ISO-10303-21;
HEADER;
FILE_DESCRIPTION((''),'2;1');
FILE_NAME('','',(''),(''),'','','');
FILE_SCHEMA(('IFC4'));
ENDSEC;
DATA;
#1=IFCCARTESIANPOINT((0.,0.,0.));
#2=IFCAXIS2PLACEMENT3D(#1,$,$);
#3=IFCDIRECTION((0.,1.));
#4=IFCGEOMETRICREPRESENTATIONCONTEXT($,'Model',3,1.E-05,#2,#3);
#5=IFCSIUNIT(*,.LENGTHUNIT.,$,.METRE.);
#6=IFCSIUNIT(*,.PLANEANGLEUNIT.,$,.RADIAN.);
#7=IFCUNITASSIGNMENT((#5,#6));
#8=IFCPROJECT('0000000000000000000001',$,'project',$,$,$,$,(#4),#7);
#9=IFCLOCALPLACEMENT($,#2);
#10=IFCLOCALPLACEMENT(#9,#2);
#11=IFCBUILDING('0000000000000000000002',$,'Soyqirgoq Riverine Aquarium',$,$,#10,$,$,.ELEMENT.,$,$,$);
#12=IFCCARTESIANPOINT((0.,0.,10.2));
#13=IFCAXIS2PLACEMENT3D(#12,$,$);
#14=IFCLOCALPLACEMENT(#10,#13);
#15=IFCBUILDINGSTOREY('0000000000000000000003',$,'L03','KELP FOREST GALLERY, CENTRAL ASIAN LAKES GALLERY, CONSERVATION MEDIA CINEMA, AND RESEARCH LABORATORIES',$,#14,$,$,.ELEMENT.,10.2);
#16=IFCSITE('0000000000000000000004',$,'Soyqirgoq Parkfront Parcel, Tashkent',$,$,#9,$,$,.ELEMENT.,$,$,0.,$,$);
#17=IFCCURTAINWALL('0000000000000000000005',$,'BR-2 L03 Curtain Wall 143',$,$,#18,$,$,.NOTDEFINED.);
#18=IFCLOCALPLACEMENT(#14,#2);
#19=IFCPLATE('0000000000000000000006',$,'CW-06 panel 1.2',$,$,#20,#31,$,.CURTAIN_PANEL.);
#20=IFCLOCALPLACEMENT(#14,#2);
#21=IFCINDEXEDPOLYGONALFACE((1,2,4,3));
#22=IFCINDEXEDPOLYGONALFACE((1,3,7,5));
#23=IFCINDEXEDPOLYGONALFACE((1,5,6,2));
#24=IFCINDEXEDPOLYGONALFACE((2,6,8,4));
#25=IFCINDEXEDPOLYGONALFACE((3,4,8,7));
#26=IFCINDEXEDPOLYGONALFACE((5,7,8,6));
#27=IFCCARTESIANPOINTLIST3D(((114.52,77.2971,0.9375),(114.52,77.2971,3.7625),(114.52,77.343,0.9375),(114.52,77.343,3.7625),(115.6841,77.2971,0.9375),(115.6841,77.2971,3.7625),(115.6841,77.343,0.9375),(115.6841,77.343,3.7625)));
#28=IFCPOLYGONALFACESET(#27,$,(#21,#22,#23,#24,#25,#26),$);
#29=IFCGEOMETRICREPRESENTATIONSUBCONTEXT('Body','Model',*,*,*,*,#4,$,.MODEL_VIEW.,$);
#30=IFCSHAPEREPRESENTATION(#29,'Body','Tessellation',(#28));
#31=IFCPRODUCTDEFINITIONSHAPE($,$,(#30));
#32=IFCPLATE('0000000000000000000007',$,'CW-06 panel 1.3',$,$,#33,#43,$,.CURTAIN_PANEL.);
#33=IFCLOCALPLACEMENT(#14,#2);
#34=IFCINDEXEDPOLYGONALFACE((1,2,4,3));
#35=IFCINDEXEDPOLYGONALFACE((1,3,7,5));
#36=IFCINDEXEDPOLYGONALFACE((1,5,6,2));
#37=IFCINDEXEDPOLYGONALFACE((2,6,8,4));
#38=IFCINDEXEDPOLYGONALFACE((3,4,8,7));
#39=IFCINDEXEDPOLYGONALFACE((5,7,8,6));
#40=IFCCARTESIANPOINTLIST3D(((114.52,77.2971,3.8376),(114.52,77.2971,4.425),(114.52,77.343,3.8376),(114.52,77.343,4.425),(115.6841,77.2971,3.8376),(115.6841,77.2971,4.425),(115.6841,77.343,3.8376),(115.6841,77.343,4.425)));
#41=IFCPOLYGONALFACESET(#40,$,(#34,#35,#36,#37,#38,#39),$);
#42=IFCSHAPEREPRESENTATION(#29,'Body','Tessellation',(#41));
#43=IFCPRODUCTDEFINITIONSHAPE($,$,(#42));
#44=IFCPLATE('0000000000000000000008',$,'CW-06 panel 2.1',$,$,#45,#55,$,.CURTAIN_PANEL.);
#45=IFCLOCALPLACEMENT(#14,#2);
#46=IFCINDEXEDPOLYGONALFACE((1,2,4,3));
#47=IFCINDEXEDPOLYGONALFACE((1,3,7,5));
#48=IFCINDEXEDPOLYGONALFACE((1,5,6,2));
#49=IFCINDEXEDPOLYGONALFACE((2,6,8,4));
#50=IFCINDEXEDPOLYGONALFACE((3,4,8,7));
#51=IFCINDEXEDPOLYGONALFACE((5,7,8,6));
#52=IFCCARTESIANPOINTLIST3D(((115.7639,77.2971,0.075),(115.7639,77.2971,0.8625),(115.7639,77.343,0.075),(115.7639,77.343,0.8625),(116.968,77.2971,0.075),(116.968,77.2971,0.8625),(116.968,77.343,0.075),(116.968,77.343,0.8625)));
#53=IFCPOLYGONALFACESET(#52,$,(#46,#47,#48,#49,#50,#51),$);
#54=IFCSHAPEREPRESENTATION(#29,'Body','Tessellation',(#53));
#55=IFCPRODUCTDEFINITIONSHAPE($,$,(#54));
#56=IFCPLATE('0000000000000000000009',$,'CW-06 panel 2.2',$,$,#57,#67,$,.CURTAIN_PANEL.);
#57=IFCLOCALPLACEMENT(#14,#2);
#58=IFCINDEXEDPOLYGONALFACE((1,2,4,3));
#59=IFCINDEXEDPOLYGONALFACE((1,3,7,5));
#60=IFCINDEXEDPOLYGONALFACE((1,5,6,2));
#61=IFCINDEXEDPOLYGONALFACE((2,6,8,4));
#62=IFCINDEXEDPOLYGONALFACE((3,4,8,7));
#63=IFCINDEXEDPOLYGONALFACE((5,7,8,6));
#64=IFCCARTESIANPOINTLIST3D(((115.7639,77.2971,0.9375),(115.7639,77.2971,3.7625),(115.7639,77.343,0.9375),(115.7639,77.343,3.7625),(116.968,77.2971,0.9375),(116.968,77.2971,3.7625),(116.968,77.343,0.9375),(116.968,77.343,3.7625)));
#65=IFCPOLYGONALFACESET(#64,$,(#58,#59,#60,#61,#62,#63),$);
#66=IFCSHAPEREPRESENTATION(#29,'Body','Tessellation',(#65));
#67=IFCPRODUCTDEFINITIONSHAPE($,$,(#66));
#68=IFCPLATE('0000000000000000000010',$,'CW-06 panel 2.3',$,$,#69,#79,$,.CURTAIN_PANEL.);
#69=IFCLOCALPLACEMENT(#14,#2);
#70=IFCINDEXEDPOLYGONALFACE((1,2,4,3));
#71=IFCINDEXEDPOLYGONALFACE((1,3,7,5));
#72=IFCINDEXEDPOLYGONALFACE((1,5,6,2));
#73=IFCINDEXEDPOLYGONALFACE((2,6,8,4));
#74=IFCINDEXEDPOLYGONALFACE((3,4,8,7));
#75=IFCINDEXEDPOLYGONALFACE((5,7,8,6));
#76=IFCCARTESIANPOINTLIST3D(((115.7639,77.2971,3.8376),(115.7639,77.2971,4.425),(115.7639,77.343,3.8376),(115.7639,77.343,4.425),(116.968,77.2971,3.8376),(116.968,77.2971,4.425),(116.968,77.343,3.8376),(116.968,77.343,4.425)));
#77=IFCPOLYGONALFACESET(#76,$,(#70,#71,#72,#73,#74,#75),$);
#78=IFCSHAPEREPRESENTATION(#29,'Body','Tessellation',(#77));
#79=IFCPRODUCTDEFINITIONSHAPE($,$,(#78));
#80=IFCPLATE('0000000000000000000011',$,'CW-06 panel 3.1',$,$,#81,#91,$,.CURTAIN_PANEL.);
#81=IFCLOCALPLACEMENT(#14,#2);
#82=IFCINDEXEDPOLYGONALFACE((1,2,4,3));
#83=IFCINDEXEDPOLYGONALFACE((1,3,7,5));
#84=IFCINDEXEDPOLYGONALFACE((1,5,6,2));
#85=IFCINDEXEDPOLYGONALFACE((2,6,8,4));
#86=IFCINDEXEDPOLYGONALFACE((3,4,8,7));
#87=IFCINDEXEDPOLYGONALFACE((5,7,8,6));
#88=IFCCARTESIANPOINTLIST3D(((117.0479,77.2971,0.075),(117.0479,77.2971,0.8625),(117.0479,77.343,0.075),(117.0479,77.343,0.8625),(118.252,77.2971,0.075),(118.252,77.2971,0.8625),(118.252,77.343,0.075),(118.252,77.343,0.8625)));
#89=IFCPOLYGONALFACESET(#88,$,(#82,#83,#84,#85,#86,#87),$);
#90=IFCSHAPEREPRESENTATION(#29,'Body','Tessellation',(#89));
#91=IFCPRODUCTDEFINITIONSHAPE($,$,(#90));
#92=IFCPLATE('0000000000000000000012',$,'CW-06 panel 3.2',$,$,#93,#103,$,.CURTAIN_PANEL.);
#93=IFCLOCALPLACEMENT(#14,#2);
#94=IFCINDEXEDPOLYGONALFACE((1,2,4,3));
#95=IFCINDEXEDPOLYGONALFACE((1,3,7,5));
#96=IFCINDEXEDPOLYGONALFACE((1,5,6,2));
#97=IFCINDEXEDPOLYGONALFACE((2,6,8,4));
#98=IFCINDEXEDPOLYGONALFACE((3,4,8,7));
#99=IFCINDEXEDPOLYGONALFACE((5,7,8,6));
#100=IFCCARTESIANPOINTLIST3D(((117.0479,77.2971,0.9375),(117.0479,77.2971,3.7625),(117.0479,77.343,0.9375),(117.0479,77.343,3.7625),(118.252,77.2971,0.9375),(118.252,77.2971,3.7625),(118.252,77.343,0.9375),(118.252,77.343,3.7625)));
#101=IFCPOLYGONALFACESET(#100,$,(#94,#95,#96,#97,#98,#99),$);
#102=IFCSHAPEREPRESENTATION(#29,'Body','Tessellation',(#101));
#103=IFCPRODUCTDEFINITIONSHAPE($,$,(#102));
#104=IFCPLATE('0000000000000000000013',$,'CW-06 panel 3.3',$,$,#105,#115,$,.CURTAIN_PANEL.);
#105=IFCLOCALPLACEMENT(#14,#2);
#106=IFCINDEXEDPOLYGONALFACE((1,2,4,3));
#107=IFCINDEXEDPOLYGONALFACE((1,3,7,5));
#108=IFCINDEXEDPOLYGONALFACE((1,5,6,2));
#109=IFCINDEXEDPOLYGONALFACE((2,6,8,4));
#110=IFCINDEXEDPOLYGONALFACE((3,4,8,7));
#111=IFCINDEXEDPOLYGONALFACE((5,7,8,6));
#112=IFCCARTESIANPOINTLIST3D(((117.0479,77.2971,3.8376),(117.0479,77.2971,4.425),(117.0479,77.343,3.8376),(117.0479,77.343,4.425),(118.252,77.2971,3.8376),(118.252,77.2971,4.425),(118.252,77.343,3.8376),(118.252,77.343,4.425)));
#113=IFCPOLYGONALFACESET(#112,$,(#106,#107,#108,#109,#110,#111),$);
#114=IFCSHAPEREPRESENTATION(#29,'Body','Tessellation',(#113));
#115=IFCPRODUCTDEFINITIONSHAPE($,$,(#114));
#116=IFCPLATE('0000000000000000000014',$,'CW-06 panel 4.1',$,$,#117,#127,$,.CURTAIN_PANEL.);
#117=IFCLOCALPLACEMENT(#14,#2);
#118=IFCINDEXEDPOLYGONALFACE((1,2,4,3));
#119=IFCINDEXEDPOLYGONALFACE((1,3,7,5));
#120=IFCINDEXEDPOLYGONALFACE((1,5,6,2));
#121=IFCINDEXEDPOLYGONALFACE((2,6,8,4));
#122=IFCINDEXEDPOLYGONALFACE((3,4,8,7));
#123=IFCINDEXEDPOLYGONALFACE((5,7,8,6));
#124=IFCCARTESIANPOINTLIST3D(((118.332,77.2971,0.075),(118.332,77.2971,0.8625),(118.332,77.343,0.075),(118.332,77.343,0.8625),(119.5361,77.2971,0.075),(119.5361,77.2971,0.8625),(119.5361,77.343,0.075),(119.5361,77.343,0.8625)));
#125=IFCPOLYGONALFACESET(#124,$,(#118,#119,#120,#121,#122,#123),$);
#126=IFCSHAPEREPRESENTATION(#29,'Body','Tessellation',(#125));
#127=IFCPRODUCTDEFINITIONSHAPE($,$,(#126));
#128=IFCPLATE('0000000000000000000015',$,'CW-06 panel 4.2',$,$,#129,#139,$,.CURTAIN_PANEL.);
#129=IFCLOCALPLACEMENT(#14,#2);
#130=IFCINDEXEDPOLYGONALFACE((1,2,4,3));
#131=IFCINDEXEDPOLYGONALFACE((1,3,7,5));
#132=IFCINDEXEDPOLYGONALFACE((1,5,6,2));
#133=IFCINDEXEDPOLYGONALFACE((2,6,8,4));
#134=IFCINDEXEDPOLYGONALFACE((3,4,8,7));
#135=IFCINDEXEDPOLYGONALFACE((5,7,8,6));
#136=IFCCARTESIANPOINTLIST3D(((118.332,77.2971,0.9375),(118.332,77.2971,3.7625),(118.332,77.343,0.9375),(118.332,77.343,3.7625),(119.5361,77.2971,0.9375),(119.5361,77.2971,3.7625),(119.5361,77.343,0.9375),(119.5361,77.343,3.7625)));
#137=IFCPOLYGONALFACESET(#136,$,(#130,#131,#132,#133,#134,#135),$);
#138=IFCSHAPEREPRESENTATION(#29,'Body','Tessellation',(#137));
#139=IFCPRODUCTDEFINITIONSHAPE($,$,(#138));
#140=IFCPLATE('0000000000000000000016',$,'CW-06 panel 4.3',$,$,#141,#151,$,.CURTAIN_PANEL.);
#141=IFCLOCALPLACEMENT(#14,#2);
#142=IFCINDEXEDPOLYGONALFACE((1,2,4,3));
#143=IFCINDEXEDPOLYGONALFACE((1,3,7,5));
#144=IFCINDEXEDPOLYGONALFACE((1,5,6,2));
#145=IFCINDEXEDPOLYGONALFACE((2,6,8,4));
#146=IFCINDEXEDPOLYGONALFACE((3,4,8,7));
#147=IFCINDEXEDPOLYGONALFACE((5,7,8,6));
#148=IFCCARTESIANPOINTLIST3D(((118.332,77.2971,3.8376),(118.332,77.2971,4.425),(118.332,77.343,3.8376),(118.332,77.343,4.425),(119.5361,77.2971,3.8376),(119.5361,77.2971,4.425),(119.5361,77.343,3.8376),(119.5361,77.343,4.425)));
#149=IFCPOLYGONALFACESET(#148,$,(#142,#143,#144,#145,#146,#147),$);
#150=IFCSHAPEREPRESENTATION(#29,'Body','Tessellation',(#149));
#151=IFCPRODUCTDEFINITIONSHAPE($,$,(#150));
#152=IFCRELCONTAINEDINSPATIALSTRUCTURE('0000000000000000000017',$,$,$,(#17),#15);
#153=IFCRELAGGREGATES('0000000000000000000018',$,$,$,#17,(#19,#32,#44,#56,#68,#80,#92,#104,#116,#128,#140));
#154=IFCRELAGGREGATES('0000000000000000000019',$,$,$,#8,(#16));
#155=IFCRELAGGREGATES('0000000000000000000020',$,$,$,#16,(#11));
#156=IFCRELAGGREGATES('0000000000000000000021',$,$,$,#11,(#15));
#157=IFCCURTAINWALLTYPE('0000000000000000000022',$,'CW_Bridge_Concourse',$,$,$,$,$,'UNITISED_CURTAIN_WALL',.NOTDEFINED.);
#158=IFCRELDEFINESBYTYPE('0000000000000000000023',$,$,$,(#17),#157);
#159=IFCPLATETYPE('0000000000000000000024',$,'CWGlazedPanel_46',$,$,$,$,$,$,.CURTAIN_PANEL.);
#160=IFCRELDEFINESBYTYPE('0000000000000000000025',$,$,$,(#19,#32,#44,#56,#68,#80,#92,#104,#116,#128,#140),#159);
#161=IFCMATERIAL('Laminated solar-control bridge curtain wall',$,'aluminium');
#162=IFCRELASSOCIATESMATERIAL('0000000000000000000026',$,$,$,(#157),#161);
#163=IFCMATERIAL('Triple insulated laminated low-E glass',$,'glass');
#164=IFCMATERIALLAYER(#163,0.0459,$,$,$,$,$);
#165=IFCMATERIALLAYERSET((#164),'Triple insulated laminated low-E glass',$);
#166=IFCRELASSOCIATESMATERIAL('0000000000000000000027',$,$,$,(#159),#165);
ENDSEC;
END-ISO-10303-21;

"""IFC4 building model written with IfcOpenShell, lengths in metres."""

from ifc_helpers import new_model, si_unit, direction, frame, origin, origin_2d, place, context, subcontext, project, spatial, rectangle, extrude, material, layer, layer_set, type_object, element, aggregate, save


model = new_model("IFC4")

# Units and contexts
model_context = context("Model", 3, precision=1e-05, world=origin(), true_north=direction((0.0, 1.0)))
body_context = subcontext(model_context, "Body", "Model", "MODEL_VIEW")
ifc_project = project(units=[si_unit("LENGTHUNIT", "METRE"), si_unit("PLANEANGLEUNIT", "RADIAN")], contexts=[model_context])

# Site, building, storey
site_placement = place(None, origin())
site = spatial("IfcSite", under=ifc_project, at=site_placement, Name="Soyqirgoq Parkfront Parcel, Tashkent", CompositionType="ELEMENT", RefElevation=0.0)
building_placement = place(site_placement, origin())
building = spatial("IfcBuilding", under=site, at=building_placement, Name="Soyqirgoq Riverine Aquarium", CompositionType="ELEMENT")
storey_placement = place(building_placement, frame((0.0, 0.0, 10.2)))
storey = spatial("IfcBuildingStorey", under=building, at=storey_placement, Name="L03", Description="KELP FOREST GALLERY, CENTRAL ASIAN LAKES GALLERY, CONSERVATION MEDIA CINEMA, AND RESEARCH LABORATORIES", CompositionType="ELEMENT", Elevation=10.2)

# Curtain wall
ifc_material_1 = material(Name="Laminated solar-control bridge curtain wall", Category="aluminium")
curtain_wall_type = type_object("IfcCurtainWallType", Name="CW_Bridge_Concourse", ElementType="UNITISED_CURTAIN_WALL", PredefinedType="NOTDEFINED", material=ifc_material_1)
curtain_wall_placement = place(storey_placement, origin())
curtain_wall = element("IfcCurtainWall", 1, at=curtain_wall_placement, inside=storey, type_object=curtain_wall_type, Name="BR-2 L03 Curtain Wall 143", PredefinedType="NOTDEFINED")

# Plates
ifc_material_2 = material(Name="Triple insulated laminated low-E glass", Category="glass")
ifc_layer = layer(ifc_material_2, 0.0459)
ifc_layer_set = layer_set([ifc_layer], Name="Triple insulated laminated low-E glass")
plate_type = type_object("IfcPlateType", Name="CWGlazedPanel_46", PredefinedType="CURTAIN_PANEL", material=ifc_layer_set)
plate_1_placement = place(storey_placement, frame((115.1021, 77.3201, 0.9375), z_axis=(0.0, 0.0, 1.0), x_axis=(1.0, 0.0, 0.0)))
plate_1 = element("IfcPlate", 2, at=plate_1_placement, type_object=plate_type, Name="CW-06 panel 1.2", PredefinedType="CURTAIN_PANEL", context=body_context, shape_type="SweptSolid", body=[
    extrude(rectangle(XDim=1.1641, YDim=0.0459, at=origin_2d()), origin(), (0.0, 0.0, 1.0), 2.825),
])
plate_2_placement = place(storey_placement, frame((115.1021, 77.3201, 3.8376), z_axis=(0.0, 0.0, 1.0), x_axis=(1.0, 0.0, 0.0)))
plate_2 = element("IfcPlate", 3, at=plate_2_placement, type_object=plate_type, Name="CW-06 panel 1.3", PredefinedType="CURTAIN_PANEL", context=body_context, shape_type="SweptSolid", body=[
    extrude(rectangle(XDim=1.1641, YDim=0.0459, at=origin_2d()), origin(), (0.0, 0.0, 1.0), 0.5874),
])
plate_3_placement = place(storey_placement, frame((116.366, 77.3201, 0.075), z_axis=(0.0, 0.0, 1.0), x_axis=(1.0, 0.0, 0.0)))
plate_3 = element("IfcPlate", 4, at=plate_3_placement, type_object=plate_type, Name="CW-06 panel 2.1", PredefinedType="CURTAIN_PANEL", context=body_context, shape_type="SweptSolid", body=[
    extrude(rectangle(XDim=1.2041, YDim=0.0459, at=origin_2d()), origin(), (0.0, 0.0, 1.0), 0.7876),
])
plate_4_placement = place(storey_placement, frame((116.366, 77.3201, 0.9375), z_axis=(0.0, 0.0, 1.0), x_axis=(1.0, 0.0, 0.0)))
plate_4 = element("IfcPlate", 5, at=plate_4_placement, type_object=plate_type, Name="CW-06 panel 2.2", PredefinedType="CURTAIN_PANEL", context=body_context, shape_type="SweptSolid", body=[
    extrude(rectangle(XDim=1.2041, YDim=0.0459, at=origin_2d()), origin(), (0.0, 0.0, 1.0), 2.825),
])
plate_5_placement = place(storey_placement, frame((116.366, 77.3201, 3.8376), z_axis=(0.0, 0.0, 1.0), x_axis=(1.0, 0.0, 0.0)))
plate_5 = element("IfcPlate", 6, at=plate_5_placement, type_object=plate_type, Name="CW-06 panel 2.3", PredefinedType="CURTAIN_PANEL", context=body_context, shape_type="SweptSolid", body=[
    extrude(rectangle(XDim=1.2041, YDim=0.0459, at=origin_2d()), origin(), (0.0, 0.0, 1.0), 0.5874),
])
plate_6_placement = place(storey_placement, frame((117.6499, 77.3201, 0.075), z_axis=(0.0, 0.0, 1.0), x_axis=(1.0, 0.0, 0.0)))
plate_6 = element("IfcPlate", 7, at=plate_6_placement, type_object=plate_type, Name="CW-06 panel 3.1", PredefinedType="CURTAIN_PANEL", context=body_context, shape_type="SweptSolid", body=[
    extrude(rectangle(XDim=1.2041, YDim=0.0459, at=origin_2d()), origin(), (0.0, 0.0, 1.0), 0.7876),
])
plate_7_placement = place(storey_placement, frame((117.6499, 77.3201, 0.9375), z_axis=(0.0, 0.0, 1.0), x_axis=(1.0, 0.0, 0.0)))
plate_7 = element("IfcPlate", 8, at=plate_7_placement, type_object=plate_type, Name="CW-06 panel 3.2", PredefinedType="CURTAIN_PANEL", context=body_context, shape_type="SweptSolid", body=[
    extrude(rectangle(XDim=1.2041, YDim=0.0459, at=origin_2d()), origin(), (0.0, 0.0, 1.0), 2.825),
])
plate_8_placement = place(storey_placement, frame((117.6499, 77.3201, 3.8376), z_axis=(0.0, 0.0, 1.0), x_axis=(1.0, 0.0, 0.0)))
plate_8 = element("IfcPlate", 9, at=plate_8_placement, type_object=plate_type, Name="CW-06 panel 3.3", PredefinedType="CURTAIN_PANEL", context=body_context, shape_type="SweptSolid", body=[
    extrude(rectangle(XDim=1.2041, YDim=0.0459, at=origin_2d()), origin(), (0.0, 0.0, 1.0), 0.5874),
])
plate_9_placement = place(storey_placement, frame((118.9341, 77.3201, 0.075), z_axis=(0.0, 0.0, 1.0), x_axis=(1.0, 0.0, 0.0)))
plate_9 = element("IfcPlate", 10, at=plate_9_placement, type_object=plate_type, Name="CW-06 panel 4.1", PredefinedType="CURTAIN_PANEL", context=body_context, shape_type="SweptSolid", body=[
    extrude(rectangle(XDim=1.2041, YDim=0.0459, at=origin_2d()), origin(), (0.0, 0.0, 1.0), 0.7876),
])
plate_10_placement = place(storey_placement, frame((118.9341, 77.3201, 0.9375), z_axis=(0.0, 0.0, 1.0), x_axis=(1.0, 0.0, 0.0)))
plate_10 = element("IfcPlate", 11, at=plate_10_placement, type_object=plate_type, Name="CW-06 panel 4.2", PredefinedType="CURTAIN_PANEL", context=body_context, shape_type="SweptSolid", body=[
    extrude(rectangle(XDim=1.2041, YDim=0.0459, at=origin_2d()), origin(), (0.0, 0.0, 1.0), 2.825),
])
plate_11_placement = place(storey_placement, frame((118.9341, 77.3201, 3.8376), z_axis=(0.0, 0.0, 1.0), x_axis=(1.0, 0.0, 0.0)))
plate_11 = element("IfcPlate", 12, at=plate_11_placement, type_object=plate_type, Name="CW-06 panel 4.3", PredefinedType="CURTAIN_PANEL", context=body_context, shape_type="SweptSolid", body=[
    extrude(rectangle(XDim=1.2041, YDim=0.0459, at=origin_2d()), origin(), (0.0, 0.0, 1.0), 0.5874),
])
aggregate(curtain_wall, [plate_1, plate_2, plate_3, plate_4, plate_5, plate_6, plate_7, plate_8, plate_9, plate_10, plate_11])

save(model, "model.ifc")
